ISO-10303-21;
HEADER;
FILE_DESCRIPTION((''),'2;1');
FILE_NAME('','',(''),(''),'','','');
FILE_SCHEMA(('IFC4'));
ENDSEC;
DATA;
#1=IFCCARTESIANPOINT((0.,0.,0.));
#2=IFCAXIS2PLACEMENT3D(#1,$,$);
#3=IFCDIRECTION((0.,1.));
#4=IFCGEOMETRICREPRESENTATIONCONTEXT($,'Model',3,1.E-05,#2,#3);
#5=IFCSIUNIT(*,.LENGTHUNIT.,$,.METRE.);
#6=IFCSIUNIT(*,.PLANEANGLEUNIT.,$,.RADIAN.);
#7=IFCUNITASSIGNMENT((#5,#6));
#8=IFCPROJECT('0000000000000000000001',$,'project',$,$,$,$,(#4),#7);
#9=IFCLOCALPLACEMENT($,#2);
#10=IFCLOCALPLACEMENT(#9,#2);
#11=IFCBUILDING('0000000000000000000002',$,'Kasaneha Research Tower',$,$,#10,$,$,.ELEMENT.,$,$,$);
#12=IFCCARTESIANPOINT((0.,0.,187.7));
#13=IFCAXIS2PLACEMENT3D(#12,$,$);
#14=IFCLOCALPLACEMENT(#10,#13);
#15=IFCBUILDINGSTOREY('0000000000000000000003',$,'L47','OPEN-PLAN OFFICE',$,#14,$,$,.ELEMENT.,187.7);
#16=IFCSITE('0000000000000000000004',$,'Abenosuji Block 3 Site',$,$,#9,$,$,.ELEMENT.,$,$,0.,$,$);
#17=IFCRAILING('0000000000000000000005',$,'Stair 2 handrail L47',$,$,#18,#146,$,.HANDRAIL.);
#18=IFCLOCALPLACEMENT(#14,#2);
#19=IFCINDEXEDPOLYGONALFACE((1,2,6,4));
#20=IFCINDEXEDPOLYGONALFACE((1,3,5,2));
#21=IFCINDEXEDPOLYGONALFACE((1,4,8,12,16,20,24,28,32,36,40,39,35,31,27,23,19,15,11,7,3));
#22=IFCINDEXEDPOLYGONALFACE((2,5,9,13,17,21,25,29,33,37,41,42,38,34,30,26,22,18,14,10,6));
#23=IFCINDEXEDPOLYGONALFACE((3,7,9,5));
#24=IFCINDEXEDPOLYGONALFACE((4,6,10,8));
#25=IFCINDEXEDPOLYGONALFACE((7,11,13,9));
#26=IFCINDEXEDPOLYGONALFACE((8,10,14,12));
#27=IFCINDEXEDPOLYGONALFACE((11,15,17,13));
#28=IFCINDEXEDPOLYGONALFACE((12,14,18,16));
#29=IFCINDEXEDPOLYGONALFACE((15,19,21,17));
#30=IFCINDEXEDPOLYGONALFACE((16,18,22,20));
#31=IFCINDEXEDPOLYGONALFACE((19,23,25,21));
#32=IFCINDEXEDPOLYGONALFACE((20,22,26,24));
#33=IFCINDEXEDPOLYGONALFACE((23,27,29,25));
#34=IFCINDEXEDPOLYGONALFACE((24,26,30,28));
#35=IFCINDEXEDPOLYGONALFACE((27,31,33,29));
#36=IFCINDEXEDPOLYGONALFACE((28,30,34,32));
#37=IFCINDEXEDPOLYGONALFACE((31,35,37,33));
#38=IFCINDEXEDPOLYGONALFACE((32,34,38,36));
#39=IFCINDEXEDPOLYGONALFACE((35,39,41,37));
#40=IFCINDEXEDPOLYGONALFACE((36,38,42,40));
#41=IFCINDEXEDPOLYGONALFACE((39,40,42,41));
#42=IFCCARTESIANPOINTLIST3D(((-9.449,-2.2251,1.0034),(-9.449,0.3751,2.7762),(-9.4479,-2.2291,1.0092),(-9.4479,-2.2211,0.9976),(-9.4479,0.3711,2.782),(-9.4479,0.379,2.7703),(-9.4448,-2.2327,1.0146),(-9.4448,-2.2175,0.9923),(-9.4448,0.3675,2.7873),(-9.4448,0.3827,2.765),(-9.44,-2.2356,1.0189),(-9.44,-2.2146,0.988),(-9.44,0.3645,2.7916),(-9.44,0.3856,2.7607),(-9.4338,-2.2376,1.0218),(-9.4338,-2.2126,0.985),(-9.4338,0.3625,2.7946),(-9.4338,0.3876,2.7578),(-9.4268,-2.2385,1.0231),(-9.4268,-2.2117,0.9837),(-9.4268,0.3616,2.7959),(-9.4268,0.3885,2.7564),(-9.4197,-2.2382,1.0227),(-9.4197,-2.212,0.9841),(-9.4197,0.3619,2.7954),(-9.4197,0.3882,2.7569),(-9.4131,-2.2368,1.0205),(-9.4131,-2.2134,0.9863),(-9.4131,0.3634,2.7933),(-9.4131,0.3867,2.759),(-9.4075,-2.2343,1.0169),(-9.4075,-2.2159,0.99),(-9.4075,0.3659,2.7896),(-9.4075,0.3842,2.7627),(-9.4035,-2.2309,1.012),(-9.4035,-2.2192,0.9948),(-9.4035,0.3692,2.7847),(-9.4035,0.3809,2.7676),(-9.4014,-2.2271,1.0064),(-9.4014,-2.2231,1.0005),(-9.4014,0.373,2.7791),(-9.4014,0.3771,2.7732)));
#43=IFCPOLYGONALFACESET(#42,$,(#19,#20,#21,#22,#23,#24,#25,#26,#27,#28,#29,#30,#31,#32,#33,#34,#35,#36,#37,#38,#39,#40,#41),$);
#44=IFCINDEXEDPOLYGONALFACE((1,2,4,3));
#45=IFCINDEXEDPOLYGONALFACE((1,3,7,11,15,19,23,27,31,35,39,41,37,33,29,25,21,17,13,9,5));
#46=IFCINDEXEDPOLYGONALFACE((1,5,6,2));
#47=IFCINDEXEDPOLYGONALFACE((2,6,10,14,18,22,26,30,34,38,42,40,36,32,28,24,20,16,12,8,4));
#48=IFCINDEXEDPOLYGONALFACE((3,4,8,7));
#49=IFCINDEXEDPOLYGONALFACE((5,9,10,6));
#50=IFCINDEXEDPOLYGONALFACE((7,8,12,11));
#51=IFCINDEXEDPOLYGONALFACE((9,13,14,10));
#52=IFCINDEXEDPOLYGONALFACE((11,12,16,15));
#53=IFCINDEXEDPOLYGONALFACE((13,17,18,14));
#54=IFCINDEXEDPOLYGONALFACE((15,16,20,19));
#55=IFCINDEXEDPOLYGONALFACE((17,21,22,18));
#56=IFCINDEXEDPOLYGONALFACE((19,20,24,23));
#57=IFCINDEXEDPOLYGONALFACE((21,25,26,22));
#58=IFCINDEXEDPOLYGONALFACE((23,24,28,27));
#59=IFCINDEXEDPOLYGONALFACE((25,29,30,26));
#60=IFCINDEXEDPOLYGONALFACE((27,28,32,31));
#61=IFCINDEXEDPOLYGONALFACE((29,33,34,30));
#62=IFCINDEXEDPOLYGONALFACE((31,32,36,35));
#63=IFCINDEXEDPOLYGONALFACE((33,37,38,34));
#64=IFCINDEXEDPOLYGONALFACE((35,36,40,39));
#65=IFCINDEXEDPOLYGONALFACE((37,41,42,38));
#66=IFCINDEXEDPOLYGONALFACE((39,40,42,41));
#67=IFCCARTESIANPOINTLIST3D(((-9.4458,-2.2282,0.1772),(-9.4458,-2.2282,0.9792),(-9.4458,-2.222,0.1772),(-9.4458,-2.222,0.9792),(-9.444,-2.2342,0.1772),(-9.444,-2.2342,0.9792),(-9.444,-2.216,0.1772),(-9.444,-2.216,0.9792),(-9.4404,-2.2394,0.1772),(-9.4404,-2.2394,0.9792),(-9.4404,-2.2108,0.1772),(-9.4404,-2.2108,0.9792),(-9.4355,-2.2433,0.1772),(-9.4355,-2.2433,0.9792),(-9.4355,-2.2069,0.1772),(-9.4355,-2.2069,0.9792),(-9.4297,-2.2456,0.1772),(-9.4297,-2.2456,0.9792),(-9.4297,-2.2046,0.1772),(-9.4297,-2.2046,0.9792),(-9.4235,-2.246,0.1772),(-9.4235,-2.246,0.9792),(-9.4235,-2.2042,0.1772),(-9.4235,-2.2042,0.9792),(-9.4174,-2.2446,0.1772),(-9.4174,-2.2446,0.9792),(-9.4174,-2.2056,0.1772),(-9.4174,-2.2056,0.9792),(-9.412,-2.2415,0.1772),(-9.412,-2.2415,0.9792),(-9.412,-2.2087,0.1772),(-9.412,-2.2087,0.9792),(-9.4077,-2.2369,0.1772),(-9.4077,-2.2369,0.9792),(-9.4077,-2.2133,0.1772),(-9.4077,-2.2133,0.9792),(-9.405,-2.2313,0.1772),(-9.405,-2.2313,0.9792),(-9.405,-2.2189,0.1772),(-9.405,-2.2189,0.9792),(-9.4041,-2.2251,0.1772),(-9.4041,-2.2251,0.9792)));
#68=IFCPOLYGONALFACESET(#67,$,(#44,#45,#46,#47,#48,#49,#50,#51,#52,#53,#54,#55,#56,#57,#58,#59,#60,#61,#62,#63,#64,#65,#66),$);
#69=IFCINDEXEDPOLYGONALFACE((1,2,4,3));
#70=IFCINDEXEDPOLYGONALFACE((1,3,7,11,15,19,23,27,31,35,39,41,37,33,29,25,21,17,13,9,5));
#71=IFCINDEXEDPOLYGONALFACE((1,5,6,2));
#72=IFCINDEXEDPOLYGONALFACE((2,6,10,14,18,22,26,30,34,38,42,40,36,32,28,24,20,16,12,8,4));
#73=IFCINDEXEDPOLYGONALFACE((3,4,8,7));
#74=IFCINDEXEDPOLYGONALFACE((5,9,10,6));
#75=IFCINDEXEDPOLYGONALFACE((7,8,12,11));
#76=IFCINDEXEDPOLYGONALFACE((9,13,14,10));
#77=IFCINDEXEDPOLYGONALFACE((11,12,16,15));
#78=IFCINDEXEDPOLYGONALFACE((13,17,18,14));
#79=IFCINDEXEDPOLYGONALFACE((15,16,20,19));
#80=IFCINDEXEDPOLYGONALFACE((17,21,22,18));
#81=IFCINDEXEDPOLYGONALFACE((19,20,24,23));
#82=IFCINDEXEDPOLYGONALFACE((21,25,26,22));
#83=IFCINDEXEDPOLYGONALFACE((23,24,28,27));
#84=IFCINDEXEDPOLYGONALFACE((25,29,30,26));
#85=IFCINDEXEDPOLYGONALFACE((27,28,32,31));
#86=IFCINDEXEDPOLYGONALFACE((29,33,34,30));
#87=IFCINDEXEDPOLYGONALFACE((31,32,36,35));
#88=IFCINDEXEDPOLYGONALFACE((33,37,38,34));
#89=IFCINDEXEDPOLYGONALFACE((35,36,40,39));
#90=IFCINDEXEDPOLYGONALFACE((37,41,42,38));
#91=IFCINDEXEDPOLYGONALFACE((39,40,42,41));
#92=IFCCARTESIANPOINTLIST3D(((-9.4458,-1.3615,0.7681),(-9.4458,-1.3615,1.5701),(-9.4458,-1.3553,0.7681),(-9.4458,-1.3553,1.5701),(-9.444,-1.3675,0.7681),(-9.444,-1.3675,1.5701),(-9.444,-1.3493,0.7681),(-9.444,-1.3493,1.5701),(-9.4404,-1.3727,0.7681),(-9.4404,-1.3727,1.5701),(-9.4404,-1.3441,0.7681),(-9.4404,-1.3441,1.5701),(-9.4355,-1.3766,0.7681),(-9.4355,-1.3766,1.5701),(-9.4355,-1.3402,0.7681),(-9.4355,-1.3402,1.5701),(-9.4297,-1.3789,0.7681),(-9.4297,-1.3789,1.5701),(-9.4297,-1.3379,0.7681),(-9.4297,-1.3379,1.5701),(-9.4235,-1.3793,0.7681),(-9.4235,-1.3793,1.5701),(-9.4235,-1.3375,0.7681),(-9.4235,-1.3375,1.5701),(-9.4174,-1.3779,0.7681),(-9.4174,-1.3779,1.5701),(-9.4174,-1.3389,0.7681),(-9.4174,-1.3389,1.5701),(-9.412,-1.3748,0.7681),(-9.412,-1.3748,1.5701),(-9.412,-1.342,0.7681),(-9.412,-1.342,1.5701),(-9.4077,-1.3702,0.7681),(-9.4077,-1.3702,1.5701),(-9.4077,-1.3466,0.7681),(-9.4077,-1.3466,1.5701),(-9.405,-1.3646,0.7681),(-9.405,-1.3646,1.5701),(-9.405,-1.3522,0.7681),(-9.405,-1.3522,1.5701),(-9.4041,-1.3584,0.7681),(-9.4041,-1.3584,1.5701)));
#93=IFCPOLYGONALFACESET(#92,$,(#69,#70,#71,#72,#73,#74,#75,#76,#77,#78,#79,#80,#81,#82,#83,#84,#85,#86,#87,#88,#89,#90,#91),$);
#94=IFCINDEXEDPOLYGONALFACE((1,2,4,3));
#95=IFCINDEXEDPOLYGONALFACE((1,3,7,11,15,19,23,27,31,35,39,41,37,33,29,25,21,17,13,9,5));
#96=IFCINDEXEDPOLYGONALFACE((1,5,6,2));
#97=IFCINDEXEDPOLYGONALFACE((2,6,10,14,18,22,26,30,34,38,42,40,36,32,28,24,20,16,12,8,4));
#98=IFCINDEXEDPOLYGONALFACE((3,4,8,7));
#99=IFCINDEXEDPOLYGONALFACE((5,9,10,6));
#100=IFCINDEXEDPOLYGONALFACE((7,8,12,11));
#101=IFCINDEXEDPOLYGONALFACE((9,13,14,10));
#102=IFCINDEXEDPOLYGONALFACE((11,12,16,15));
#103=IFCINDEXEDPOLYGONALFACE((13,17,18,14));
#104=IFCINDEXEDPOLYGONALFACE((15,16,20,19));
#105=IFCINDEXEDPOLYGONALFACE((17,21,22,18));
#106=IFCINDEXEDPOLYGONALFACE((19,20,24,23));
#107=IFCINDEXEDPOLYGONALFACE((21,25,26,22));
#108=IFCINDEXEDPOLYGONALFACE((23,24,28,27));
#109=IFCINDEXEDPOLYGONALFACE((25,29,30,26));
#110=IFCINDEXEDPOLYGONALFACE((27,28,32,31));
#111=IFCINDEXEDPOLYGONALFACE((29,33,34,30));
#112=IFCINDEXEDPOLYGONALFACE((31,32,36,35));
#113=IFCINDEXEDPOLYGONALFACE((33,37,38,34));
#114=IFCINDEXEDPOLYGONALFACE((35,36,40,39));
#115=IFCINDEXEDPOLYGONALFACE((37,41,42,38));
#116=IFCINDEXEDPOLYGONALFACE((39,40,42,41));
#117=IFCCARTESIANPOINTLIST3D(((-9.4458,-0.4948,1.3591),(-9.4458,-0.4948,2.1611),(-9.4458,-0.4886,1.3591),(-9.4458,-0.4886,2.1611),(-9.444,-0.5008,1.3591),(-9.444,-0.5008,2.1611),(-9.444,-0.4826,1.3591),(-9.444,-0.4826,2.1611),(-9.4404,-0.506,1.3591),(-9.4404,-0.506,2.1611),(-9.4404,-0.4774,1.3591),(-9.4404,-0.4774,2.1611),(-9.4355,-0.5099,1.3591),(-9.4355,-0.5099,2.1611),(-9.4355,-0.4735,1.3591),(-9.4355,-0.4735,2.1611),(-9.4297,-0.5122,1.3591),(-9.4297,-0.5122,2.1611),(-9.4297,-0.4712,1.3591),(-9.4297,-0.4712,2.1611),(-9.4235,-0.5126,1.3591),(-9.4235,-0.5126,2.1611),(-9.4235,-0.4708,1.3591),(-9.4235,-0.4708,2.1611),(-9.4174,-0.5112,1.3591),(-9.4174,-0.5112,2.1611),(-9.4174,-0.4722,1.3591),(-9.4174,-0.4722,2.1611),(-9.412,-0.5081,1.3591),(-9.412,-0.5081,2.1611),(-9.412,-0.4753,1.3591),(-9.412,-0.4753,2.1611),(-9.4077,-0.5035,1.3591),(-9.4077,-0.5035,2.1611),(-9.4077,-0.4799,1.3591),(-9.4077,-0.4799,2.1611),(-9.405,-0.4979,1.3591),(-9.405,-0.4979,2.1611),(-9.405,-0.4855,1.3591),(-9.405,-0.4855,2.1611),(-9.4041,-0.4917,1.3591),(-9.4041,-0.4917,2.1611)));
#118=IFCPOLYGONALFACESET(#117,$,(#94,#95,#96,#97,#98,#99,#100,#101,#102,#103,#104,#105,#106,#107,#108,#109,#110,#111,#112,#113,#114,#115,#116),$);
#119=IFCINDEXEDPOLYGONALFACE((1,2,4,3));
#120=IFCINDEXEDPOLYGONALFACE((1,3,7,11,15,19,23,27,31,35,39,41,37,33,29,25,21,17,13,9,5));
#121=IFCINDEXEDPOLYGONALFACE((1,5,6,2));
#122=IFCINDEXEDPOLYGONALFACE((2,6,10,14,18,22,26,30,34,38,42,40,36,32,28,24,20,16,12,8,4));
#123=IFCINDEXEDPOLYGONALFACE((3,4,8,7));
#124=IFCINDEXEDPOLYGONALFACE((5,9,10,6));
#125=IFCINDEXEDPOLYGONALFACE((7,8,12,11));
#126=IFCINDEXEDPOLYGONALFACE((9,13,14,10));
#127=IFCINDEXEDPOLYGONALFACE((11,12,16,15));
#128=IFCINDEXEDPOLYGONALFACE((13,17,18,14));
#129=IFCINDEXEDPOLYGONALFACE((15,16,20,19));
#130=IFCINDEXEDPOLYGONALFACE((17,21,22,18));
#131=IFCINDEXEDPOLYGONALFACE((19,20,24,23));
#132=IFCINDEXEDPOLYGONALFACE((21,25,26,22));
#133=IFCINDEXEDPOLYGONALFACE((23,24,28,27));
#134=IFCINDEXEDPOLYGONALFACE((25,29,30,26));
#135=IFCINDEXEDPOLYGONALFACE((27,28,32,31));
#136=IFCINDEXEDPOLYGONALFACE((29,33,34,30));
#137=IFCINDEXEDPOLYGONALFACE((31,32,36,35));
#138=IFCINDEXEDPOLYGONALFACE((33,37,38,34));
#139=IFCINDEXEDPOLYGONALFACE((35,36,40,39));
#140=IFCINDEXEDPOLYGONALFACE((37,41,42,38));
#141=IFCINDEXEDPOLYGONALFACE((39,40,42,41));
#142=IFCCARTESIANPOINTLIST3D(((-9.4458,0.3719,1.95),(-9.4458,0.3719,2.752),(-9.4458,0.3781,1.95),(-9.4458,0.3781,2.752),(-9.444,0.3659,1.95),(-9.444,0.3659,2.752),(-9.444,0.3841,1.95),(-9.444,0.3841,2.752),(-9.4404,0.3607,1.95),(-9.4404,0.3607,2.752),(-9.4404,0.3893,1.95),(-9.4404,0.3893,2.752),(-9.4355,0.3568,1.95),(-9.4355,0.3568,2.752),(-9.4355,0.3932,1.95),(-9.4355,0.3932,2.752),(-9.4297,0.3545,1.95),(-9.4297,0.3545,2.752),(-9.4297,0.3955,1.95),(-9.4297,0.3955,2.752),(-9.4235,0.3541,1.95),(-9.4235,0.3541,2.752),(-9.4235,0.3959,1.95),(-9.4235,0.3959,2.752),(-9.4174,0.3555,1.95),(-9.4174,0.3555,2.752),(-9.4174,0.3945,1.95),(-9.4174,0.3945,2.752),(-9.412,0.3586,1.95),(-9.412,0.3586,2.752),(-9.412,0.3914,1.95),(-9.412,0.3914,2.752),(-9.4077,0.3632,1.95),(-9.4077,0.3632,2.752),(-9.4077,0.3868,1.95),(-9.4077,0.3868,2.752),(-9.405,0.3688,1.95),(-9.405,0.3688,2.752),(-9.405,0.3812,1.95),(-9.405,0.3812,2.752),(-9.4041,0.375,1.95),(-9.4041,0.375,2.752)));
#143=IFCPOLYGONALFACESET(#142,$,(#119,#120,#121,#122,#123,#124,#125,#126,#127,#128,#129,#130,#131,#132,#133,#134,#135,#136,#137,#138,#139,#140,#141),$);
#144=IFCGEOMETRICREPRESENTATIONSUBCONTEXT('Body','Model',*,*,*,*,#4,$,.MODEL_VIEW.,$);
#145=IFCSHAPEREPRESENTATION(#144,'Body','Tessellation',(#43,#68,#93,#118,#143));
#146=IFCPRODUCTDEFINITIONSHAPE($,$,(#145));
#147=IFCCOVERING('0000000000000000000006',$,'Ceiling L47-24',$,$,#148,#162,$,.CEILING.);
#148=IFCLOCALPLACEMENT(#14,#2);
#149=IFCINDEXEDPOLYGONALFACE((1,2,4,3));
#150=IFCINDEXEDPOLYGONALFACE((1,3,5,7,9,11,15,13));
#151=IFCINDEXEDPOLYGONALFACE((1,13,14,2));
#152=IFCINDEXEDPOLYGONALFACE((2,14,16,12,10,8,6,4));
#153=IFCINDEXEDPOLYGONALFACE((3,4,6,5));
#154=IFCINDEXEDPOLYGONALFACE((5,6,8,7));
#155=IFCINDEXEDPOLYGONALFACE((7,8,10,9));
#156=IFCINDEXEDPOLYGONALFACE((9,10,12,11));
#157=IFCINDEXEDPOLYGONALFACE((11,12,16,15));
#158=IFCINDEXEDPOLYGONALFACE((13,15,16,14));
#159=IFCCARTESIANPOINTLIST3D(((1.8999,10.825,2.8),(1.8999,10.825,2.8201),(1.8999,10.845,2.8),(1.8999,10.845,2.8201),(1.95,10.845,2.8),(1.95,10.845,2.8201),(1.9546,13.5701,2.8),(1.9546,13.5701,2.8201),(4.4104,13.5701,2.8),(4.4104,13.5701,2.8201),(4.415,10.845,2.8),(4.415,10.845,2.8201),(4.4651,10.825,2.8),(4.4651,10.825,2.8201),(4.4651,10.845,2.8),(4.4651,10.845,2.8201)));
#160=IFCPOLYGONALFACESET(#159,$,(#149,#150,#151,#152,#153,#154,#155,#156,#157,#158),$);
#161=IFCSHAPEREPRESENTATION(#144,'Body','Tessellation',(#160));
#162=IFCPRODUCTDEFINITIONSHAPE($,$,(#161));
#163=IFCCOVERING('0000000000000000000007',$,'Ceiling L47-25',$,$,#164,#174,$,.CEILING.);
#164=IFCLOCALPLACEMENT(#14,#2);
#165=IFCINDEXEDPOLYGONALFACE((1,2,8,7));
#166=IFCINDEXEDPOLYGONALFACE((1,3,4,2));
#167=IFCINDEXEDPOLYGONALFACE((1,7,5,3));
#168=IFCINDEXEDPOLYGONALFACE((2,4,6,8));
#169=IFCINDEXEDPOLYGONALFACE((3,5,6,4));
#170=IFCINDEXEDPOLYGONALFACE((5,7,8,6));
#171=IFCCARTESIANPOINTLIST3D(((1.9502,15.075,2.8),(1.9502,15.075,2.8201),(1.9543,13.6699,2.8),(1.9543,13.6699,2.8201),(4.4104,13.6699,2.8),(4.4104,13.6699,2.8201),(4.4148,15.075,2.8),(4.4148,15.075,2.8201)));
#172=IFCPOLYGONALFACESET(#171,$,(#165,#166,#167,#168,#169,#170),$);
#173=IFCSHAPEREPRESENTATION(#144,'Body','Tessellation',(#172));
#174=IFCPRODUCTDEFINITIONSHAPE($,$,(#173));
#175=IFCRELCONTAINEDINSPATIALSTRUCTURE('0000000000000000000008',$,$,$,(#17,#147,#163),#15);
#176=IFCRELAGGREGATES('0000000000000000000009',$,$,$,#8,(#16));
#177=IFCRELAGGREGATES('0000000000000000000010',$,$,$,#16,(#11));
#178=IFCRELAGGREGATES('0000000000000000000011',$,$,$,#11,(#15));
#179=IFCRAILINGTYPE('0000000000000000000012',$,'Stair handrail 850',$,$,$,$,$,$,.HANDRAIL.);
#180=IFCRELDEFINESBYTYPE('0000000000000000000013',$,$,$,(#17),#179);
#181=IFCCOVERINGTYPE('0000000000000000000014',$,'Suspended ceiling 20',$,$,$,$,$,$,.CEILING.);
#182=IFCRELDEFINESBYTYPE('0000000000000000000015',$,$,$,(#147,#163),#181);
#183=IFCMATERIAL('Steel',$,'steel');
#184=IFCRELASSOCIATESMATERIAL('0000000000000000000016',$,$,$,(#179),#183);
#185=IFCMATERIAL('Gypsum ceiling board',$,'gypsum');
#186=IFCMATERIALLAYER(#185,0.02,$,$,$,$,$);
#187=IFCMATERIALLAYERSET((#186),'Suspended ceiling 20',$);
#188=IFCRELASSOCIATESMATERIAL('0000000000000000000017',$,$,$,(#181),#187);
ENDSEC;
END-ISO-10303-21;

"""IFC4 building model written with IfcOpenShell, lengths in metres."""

from ifc_helpers import new_model, si_unit, direction, frame, origin, origin_2d, place, context, subcontext, project, spatial, polyline, circle, outline, extrude, material, layer, layer_set, type_object, element, save


model = new_model("IFC4")

# Units and contexts
model_context = context("Model", 3, precision=1e-05, world=origin(), true_north=direction((0.0, 1.0)))
body_context = subcontext(model_context, "Body", "Model", "MODEL_VIEW")
ifc_project = project(units=[si_unit("LENGTHUNIT", "METRE"), si_unit("PLANEANGLEUNIT", "RADIAN")], contexts=[model_context])

# Site, building, storey
site_placement = place(None, origin())
site = spatial("IfcSite", under=ifc_project, at=site_placement, Name="Abenosuji Block 3 Site", CompositionType="ELEMENT", RefElevation=0.0)
building_placement = place(site_placement, origin())
building = spatial("IfcBuilding", under=site, at=building_placement, Name="Kasaneha Research Tower", CompositionType="ELEMENT")
storey_placement = place(building_placement, frame((0.0, 0.0, 187.7)))
storey = spatial("IfcBuildingStorey", under=building, at=storey_placement, Name="L47", Description="OPEN-PLAN OFFICE", CompositionType="ELEMENT", Elevation=187.7)

# Railing
ifc_material_1 = material(Name="Steel", Category="steel")
railing_type = type_object("IfcRailingType", Name="Stair handrail 850", PredefinedType="HANDRAIL", material=ifc_material_1)
railing_placement = place(storey_placement, frame((-9.425, -2.2251, 0.1772)))
element("IfcRailing", 1, at=railing_placement, inside=storey, type_object=railing_type, Name="Stair 2 handrail L47", PredefinedType="HANDRAIL", context=body_context, shape_type="SweptSolid", body=[
    extrude(circle(Radius=0.0239, at=origin_2d()), frame((0.0, 0.0, 0.8262), z_axis=(0.0, 0.82624, 0.563318), x_axis=(-1.0, 0.0, 0.0)), (0.0, 0.0, 1.0), 3.147),
    extrude(circle(Radius=0.021, at=origin_2d()), origin(), (0.0, 0.0, 1.0), 0.802),
    extrude(circle(Radius=0.021, at=origin_2d()), frame((0.0, 0.8667, 0.5908)), (0.0, 0.0, 1.0), 0.802),
    extrude(circle(Radius=0.021, at=origin_2d()), frame((0.0, 1.7334, 1.1819)), (0.0, 0.0, 1.0), 0.802),
    extrude(circle(Radius=0.021, at=origin_2d()), frame((0.0, 2.6001, 1.7727)), (0.0, 0.0, 1.0), 0.802),
])

# Coverings
ifc_material_2 = material(Name="Gypsum ceiling board", Category="gypsum")
ifc_layer_1 = layer(ifc_material_2, 0.02)
ifc_layer_set_1 = layer_set([ifc_layer_1], Name="Suspended ceiling 20")
covering_type_1 = type_object("IfcCoveringType", Name="Suspended ceiling 20", PredefinedType="CEILING", material=ifc_layer_set_1)
covering_1_placement = place(storey_placement, frame((0.0, 0.0, 2.8)))
element("IfcCovering", 2, at=covering_1_placement, inside=storey, type_object=covering_type_1, Name="Ceiling L47-24", PredefinedType="CEILING", context=body_context, shape_type="SweptSolid", body=[
    extrude(outline(polyline([(1.8999, 10.825), (1.8999, 10.845), (1.95, 10.845), (1.9546, 13.5701), (4.4104, 13.5701), (4.415, 10.845), (4.4651, 10.845), (4.4651, 10.825), (1.8999, 10.825)])), origin(), (0.0, 0.0, 1.0), 0.02),
])
covering_2_placement = place(storey_placement, frame((0.0, 0.0, 2.8)))
element("IfcCovering", 3, at=covering_2_placement, inside=storey, type_object=covering_type_1, Name="Ceiling L47-25", PredefinedType="CEILING", context=body_context, shape_type="SweptSolid", body=[
    extrude(outline(polyline([(4.4104, 13.6699), (1.9543, 13.6699), (1.9502, 15.075), (4.4148, 15.075), (4.4104, 13.6699)])), origin(), (0.0, 0.0, 1.0), 0.02),
])

save(model, "model.ifc")
